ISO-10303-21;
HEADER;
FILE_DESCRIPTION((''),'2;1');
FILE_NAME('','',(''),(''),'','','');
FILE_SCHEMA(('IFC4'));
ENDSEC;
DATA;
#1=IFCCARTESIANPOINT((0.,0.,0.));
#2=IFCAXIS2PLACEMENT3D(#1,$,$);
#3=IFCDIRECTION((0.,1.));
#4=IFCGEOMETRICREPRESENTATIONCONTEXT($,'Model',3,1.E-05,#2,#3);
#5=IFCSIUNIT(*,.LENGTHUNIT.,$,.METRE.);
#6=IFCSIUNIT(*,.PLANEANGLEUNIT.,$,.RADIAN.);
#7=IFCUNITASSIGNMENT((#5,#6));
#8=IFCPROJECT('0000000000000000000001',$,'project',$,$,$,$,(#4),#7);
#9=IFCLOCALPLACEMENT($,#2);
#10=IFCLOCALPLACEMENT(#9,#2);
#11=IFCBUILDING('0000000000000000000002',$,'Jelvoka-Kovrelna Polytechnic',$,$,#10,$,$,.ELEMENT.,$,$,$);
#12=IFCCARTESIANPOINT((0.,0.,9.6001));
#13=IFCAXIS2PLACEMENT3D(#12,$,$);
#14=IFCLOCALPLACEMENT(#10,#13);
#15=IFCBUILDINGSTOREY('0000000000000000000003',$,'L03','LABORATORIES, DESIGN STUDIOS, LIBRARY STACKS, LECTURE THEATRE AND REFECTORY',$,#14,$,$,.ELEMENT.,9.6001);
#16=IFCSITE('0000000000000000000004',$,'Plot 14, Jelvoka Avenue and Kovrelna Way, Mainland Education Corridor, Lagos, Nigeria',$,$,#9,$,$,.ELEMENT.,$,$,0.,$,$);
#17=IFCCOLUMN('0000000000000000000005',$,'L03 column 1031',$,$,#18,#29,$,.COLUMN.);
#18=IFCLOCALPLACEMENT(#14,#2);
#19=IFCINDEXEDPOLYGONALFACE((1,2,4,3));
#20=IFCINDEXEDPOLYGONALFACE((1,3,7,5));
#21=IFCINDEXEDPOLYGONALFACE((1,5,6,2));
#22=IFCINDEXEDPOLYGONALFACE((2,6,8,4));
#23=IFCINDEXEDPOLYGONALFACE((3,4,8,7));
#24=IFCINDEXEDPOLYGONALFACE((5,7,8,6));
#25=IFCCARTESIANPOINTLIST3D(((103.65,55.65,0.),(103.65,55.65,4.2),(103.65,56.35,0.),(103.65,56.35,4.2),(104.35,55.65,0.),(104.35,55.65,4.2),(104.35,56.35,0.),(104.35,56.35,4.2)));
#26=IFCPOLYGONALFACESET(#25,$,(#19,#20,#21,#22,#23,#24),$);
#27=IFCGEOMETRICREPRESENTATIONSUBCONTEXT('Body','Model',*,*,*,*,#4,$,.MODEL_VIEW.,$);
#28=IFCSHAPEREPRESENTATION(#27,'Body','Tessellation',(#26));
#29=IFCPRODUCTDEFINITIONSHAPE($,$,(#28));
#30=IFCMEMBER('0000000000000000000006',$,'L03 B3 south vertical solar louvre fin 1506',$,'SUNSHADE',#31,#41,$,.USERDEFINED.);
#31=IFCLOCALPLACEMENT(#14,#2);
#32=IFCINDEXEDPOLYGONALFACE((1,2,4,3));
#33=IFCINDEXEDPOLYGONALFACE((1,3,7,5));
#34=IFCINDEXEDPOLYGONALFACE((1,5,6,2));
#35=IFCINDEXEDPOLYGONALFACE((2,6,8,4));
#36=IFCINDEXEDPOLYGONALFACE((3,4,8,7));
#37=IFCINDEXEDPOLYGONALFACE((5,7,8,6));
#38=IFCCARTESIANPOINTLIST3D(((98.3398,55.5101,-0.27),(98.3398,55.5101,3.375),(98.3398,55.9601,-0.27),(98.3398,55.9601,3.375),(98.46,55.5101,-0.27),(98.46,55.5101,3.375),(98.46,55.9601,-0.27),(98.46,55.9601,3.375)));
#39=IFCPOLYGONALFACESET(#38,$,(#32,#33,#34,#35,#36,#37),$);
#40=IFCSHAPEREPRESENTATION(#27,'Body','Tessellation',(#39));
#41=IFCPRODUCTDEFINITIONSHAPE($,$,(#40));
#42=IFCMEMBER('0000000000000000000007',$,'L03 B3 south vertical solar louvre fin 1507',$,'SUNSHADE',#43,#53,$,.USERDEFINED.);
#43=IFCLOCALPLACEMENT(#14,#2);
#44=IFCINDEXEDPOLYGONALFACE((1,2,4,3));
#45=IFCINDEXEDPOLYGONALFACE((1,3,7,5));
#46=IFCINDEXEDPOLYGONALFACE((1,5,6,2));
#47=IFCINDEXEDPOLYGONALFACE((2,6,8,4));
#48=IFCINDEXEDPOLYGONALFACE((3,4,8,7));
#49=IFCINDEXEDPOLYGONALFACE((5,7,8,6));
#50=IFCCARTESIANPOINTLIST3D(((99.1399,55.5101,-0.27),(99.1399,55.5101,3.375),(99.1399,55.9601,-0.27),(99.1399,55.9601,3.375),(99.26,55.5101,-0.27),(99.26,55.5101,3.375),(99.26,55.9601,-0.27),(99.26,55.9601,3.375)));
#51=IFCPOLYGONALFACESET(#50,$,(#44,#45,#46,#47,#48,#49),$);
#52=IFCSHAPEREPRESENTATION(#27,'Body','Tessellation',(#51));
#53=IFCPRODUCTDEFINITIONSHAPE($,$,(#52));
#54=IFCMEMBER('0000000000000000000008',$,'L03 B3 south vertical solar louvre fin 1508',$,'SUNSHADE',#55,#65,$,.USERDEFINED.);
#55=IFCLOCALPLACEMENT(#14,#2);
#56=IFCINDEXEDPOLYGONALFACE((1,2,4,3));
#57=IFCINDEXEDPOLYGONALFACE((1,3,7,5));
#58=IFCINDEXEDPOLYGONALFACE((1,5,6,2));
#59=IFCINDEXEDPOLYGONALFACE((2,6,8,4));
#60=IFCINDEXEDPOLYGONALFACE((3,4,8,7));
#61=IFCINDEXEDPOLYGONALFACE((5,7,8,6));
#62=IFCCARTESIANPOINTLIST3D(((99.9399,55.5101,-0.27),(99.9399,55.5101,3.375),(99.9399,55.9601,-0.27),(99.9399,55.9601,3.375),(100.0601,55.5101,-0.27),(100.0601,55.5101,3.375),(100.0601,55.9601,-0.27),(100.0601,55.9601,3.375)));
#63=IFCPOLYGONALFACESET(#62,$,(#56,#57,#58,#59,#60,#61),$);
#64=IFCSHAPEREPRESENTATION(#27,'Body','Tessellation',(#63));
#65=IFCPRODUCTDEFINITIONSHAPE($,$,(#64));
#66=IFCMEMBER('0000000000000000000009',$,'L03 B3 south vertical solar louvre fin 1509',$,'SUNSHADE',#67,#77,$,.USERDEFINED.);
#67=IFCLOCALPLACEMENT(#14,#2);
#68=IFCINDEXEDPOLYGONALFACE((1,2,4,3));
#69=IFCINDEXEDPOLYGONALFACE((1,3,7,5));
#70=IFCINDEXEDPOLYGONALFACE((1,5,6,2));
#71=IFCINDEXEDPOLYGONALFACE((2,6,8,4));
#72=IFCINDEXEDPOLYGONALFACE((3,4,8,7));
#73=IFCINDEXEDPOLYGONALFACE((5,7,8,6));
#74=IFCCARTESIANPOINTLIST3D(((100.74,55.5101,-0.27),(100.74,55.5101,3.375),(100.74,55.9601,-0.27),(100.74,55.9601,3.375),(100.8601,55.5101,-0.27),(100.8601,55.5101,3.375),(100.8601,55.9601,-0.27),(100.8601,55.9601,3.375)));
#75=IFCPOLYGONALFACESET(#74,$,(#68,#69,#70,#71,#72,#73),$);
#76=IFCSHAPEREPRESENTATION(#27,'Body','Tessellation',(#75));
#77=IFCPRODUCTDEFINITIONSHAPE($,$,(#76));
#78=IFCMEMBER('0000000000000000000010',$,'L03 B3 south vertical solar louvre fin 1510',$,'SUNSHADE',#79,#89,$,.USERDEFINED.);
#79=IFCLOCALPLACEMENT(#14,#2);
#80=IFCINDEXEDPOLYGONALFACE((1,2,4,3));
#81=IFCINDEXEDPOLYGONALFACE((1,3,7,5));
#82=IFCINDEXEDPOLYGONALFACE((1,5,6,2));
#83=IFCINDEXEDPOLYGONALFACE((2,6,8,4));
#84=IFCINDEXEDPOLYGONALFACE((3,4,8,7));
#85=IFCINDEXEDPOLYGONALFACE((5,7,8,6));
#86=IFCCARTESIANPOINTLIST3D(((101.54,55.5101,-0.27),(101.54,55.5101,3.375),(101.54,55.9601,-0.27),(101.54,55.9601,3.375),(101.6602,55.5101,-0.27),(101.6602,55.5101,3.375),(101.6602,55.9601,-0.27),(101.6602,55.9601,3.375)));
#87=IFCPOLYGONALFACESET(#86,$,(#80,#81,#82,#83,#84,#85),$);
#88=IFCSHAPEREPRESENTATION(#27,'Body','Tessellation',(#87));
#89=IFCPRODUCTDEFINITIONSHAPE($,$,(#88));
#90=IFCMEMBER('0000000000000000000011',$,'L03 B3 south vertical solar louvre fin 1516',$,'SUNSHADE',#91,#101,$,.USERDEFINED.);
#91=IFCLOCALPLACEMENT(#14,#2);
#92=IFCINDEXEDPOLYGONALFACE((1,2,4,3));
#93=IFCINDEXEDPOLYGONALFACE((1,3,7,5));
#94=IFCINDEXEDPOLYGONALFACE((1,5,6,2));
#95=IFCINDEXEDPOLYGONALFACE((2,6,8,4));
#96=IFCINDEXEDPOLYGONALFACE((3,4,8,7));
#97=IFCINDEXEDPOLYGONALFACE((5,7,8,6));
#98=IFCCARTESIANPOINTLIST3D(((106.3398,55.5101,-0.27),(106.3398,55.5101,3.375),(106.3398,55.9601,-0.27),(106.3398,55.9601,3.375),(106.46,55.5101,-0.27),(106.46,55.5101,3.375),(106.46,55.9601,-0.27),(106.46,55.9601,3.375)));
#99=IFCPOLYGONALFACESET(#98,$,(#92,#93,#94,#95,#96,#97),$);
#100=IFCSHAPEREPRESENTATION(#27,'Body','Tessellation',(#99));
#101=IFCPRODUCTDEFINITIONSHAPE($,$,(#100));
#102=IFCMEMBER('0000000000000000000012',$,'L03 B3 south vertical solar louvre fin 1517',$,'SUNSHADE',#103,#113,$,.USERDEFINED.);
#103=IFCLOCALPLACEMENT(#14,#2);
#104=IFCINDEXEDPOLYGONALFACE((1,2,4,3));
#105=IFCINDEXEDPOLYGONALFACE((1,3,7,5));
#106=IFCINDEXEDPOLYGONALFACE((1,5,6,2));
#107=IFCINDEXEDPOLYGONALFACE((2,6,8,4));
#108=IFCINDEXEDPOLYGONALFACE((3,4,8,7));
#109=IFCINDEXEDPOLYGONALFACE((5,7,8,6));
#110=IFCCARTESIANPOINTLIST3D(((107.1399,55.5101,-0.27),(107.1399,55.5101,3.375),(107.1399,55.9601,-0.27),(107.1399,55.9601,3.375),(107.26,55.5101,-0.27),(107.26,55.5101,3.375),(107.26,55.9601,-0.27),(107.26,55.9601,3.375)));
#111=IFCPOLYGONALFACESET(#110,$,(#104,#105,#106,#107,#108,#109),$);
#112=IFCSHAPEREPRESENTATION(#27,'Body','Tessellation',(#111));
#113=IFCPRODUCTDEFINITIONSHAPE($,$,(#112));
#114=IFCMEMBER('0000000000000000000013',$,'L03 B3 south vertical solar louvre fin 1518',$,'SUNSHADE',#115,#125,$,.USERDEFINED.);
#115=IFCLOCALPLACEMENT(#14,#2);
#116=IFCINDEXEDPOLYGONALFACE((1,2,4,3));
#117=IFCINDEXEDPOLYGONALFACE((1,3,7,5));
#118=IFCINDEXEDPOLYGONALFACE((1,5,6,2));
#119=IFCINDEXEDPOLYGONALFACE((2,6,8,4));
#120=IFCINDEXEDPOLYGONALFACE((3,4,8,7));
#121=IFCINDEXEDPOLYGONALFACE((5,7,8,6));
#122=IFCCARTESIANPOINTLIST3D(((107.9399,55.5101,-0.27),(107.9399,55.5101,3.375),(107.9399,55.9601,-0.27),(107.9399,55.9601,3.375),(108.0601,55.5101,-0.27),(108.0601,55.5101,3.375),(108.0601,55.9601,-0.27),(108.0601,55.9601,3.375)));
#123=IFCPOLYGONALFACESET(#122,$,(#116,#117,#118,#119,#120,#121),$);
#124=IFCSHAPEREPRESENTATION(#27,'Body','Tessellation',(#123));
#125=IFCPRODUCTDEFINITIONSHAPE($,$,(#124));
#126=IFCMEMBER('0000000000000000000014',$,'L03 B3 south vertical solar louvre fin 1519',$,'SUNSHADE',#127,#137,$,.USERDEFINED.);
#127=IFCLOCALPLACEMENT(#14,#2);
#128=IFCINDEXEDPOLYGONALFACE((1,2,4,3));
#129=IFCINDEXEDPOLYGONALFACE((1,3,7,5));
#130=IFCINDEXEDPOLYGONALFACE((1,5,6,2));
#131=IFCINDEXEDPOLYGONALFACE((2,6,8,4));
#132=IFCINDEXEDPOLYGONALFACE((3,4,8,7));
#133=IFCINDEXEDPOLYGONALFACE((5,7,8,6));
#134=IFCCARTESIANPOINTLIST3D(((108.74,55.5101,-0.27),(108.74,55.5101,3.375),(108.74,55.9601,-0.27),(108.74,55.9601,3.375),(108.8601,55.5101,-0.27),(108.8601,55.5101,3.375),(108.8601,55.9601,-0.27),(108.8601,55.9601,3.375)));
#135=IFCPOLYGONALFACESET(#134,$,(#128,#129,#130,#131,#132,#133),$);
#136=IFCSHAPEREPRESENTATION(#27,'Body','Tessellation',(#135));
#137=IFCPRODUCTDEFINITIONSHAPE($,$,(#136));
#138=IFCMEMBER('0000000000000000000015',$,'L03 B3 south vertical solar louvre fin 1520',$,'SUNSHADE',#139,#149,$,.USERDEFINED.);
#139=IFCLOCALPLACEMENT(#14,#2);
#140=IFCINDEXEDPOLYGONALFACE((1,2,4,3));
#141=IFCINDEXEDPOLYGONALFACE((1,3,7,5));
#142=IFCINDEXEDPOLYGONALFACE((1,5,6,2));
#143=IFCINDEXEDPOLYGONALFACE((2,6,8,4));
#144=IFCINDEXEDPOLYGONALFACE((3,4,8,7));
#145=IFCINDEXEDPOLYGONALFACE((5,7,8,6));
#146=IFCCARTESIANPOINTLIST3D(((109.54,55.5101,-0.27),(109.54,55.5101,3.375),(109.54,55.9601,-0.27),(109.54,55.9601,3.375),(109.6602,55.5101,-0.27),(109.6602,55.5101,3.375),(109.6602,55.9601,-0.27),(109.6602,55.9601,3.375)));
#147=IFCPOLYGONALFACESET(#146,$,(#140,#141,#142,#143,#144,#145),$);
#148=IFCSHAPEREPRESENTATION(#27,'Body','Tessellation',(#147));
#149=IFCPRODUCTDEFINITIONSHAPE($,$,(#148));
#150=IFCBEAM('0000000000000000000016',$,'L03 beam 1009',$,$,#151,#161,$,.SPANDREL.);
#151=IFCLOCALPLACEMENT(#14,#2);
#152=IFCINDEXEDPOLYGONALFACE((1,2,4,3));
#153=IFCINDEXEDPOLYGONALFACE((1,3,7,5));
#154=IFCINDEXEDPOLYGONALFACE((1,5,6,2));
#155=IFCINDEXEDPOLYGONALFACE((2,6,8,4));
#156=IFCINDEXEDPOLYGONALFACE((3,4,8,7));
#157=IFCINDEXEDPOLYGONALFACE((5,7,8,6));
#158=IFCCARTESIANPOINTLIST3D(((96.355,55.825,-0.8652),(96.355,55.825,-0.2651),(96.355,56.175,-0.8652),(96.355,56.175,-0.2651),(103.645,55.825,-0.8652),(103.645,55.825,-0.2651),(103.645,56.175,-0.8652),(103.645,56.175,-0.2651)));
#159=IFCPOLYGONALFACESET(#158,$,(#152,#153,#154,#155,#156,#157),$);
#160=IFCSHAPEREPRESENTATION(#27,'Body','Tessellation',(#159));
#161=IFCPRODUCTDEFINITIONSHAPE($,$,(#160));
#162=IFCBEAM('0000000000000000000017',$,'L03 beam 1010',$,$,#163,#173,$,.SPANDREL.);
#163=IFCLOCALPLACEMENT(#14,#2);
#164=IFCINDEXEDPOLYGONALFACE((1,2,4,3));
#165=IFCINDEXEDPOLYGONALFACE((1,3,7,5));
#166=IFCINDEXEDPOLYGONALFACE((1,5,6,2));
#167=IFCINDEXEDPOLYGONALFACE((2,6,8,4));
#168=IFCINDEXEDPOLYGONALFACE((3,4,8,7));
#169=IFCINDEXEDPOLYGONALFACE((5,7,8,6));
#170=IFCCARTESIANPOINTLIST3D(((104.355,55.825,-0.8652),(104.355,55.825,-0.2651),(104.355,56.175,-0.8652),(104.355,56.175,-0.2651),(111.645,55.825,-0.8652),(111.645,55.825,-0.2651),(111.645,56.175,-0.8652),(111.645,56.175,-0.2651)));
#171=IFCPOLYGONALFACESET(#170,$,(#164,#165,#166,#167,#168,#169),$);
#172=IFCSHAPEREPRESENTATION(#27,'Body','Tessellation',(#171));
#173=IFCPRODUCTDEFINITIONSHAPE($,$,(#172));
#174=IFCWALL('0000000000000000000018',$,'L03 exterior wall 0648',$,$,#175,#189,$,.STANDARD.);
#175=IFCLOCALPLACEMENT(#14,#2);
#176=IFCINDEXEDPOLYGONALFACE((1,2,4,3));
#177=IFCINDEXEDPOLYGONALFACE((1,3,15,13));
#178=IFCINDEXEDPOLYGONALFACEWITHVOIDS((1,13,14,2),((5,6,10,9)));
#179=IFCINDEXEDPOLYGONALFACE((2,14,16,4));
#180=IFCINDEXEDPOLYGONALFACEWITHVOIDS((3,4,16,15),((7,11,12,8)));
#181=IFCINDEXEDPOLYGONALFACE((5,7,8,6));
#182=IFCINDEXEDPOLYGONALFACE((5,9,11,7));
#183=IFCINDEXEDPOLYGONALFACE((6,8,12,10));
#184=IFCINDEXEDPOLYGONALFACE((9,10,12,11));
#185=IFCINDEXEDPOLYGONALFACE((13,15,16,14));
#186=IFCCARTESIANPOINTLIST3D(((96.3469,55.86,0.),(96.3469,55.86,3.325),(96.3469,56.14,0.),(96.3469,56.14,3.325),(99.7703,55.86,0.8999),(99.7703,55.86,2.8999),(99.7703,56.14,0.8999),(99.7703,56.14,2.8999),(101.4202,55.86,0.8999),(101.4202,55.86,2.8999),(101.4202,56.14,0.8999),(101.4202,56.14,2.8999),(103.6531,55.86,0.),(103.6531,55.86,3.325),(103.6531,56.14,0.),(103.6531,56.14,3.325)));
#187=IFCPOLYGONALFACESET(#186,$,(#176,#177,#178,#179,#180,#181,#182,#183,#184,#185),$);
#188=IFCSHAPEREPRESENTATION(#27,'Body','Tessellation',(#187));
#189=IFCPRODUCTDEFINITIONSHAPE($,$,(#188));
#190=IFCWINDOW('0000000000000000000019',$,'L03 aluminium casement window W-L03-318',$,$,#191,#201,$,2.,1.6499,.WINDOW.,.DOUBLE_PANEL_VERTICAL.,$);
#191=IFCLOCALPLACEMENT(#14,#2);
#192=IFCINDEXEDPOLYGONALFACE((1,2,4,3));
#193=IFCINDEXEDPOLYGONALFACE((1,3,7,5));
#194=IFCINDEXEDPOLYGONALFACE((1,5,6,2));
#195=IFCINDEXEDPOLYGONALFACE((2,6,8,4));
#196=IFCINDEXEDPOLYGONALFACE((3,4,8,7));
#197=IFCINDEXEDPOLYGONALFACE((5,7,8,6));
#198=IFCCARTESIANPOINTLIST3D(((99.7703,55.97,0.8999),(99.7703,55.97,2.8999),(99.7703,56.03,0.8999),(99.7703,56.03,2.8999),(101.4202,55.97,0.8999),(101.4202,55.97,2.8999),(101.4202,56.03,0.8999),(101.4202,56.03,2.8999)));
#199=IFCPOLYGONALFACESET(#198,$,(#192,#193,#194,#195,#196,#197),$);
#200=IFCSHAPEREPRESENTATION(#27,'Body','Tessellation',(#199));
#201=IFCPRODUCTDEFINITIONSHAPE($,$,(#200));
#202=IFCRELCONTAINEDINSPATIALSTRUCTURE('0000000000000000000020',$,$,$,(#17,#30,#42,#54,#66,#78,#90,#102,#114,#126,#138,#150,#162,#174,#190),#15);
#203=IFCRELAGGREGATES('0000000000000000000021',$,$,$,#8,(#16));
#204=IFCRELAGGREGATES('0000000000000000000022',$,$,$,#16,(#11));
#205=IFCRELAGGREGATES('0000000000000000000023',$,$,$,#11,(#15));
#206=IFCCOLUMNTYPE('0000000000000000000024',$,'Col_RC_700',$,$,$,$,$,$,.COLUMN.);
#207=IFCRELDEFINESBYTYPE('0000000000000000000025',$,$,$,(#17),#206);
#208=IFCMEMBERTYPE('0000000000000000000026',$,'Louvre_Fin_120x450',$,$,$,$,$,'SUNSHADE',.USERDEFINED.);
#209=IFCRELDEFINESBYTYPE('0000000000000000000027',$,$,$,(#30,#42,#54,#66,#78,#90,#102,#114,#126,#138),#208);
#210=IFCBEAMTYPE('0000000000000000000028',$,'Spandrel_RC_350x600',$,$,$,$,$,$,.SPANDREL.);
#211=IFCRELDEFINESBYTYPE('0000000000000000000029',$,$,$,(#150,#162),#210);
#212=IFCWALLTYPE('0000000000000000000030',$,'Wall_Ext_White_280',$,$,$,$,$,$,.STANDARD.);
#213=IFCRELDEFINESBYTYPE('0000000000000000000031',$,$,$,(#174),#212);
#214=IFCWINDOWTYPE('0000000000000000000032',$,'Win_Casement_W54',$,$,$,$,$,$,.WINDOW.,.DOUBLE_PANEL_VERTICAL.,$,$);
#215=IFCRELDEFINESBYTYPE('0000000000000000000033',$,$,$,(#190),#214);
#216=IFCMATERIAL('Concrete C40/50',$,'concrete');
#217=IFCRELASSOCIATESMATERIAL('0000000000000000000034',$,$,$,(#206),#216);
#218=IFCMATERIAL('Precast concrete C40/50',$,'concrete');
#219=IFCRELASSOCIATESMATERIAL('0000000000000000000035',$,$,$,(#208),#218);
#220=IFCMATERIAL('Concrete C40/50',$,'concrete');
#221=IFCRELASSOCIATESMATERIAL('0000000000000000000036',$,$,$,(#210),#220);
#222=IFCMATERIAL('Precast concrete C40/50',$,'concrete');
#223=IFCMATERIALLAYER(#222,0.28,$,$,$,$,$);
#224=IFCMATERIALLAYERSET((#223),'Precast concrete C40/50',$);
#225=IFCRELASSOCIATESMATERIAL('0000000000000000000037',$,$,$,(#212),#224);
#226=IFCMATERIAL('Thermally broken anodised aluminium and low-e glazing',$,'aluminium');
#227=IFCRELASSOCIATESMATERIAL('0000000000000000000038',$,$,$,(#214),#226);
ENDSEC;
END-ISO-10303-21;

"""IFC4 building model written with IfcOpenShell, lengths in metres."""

from ifc_helpers import new_model, si_unit, direction, frame, frame_2d, origin, origin_2d, place, context, subcontext, project, spatial, rectangle, extrude, material, layer, layer_set, material_profile, profile_set, type_object, element, fill, save


model = new_model("IFC4")

# Units and contexts
model_context = context("Model", 3, precision=1e-05, world=origin(), true_north=direction((0.0, 1.0)))
body_context = subcontext(model_context, "Body", "Model", "MODEL_VIEW")
ifc_project = project(units=[si_unit("LENGTHUNIT", "METRE"), si_unit("PLANEANGLEUNIT", "RADIAN")], contexts=[model_context])

# Site, building, storey
site_placement = place(None, origin())
site = spatial("IfcSite", under=ifc_project, at=site_placement, Name="Plot 14, Jelvoka Avenue and Kovrelna Way, Mainland Education Corridor, Lagos, Nigeria", CompositionType="ELEMENT", RefElevation=0.0)
building_placement = place(site_placement, origin())
building = spatial("IfcBuilding", under=site, at=building_placement, Name="Jelvoka-Kovrelna Polytechnic", CompositionType="ELEMENT")
storey_placement = place(building_placement, frame((0.0, 0.0, 9.6001)))
storey = spatial("IfcBuildingStorey", under=building, at=storey_placement, Name="L03", Description="LABORATORIES, DESIGN STUDIOS, LIBRARY STACKS, LECTURE THEATRE AND REFECTORY", CompositionType="ELEMENT", Elevation=9.6001)

# Column
ifc_material_1 = material(Name="Concrete C40/50", Category="concrete")
ifc_material_profile_1 = material_profile(ifc_material_1, rectangle(XDim=0.7, YDim=0.7, at=origin_2d()), Name="RC 700x700")
ifc_profile_set_1 = profile_set([ifc_material_profile_1], Name="Concrete C40/50")
column_type = type_object("IfcColumnType", Name="Col_RC_700", PredefinedType="COLUMN", material=ifc_profile_set_1)
column_placement = place(storey_placement, frame((104.0, 56.0, 0.0), z_axis=(0.0, 0.0, 1.0), x_axis=(1.0, 0.0, 0.0)))
element("IfcColumn", 1, at=column_placement, inside=storey, type_object=column_type, Name="L03 column 1031", PredefinedType="COLUMN", context=body_context, shape_type="SweptSolid", body=[
    extrude(rectangle(XDim=0.7, YDim=0.7, at=origin_2d()), origin(), (0.0, 0.0, 1.0), 4.2),
])

# Members
ifc_material_2 = material(Name="Precast concrete C40/50", Category="concrete")
ifc_material_profile_2 = material_profile(ifc_material_2, rectangle(XDim=0.1201, YDim=0.45, at=origin_2d()), Name="PC 120x450")
ifc_profile_set_2 = profile_set([ifc_material_profile_2], Name="Precast concrete C40/50")
member_type = type_object("IfcMemberType", Name="Louvre_Fin_120x450", ElementType="SUNSHADE", PredefinedType="USERDEFINED", material=ifc_profile_set_2)
for number, where, z_axis, x_axis, name in (
    (2, (98.3999, 55.7351, -0.27), (0.0, 0.0, 1.0), (1.0, 0.0, 0.0), "L03 B3 south vertical solar louvre fin 1506"),
    (3, (99.2, 55.7351, -0.27), (0.0, 0.0, 1.0), (1.0, 0.0, 0.0), "L03 B3 south vertical solar louvre fin 1507"),
    (4, (100.0, 55.7351, -0.27), (0.0, 0.0, 1.0), (1.0, 0.0, 0.0), "L03 B3 south vertical solar louvre fin 1508"),
    (5, (100.8, 55.7351, -0.27), (0.0, 0.0, 1.0), (1.0, 0.0, 0.0), "L03 B3 south vertical solar louvre fin 1509"),
    (6, (101.6001, 55.7351, -0.27), (0.0, 0.0, 1.0), (1.0, 0.0, 0.0), "L03 B3 south vertical solar louvre fin 1510"),
    (7, (106.3999, 55.7351, -0.27), (0.0, 0.0, 1.0), (1.0, 0.0, 0.0), "L03 B3 south vertical solar louvre fin 1516"),
    (8, (107.2, 55.7351, -0.27), (0.0, 0.0, 1.0), (1.0, 0.0, 0.0), "L03 B3 south vertical solar louvre fin 1517"),
    (9, (108.0, 55.7351, -0.27), (0.0, 0.0, 1.0), (1.0, 0.0, 0.0), "L03 B3 south vertical solar louvre fin 1518"),
    (10, (108.8, 55.7351, -0.27), (0.0, 0.0, 1.0), (1.0, 0.0, 0.0), "L03 B3 south vertical solar louvre fin 1519"),
    (11, (109.6001, 55.7351, -0.27), (0.0, 0.0, 1.0), (1.0, 0.0, 0.0), "L03 B3 south vertical solar louvre fin 1520"),
):
    element("IfcMember", number, at=place(storey_placement, frame(where, z_axis=z_axis, x_axis=x_axis)), inside=storey, type_object=member_type, Name=name, ObjectType="SUNSHADE", PredefinedType="USERDEFINED", context=body_context, shape_type="SweptSolid", body=[
        extrude(rectangle(XDim=0.1201, YDim=0.45, at=origin_2d()), origin(), (0.0, 0.0, 1.0), 3.645),
    ])

# Beams
ifc_material_3 = material(Name="Concrete C40/50", Category="concrete")
ifc_material_profile_3 = material_profile(ifc_material_3, rectangle(XDim=0.3501, YDim=0.6001, at=origin_2d()), Name="RC 350x600")
ifc_profile_set_3 = profile_set([ifc_material_profile_3], Name="Concrete C40/50")
beam_type = type_object("IfcBeamType", Name="Spandrel_RC_350x600", PredefinedType="SPANDREL", material=ifc_profile_set_3)
for number, where, z_axis, x_axis, name in (
    (12, (96.355, 56.0, -0.5652), (1.0, 0.0, 0.0), (0.0, 1.0, 0.0), "L03 beam 1009"),
    (13, (104.355, 56.0, -0.5652), (1.0, 0.0, 0.0), (0.0, 1.0, 0.0), "L03 beam 1010"),
):
    element("IfcBeam", number, at=place(storey_placement, frame(where, z_axis=z_axis, x_axis=x_axis)), inside=storey, type_object=beam_type, Name=name, PredefinedType="SPANDREL", context=body_context, shape_type="SweptSolid", body=[
        extrude(rectangle(XDim=0.3501, YDim=0.6001, at=origin_2d()), origin(), (0.0, 0.0, 1.0), 7.29),
    ])

# Wall, opening, window
ifc_material_4 = material(Name="Precast concrete C40/50", Category="concrete")
ifc_layer = layer(ifc_material_4, 0.28)
ifc_layer_set = layer_set([ifc_layer], Name="Precast concrete C40/50")
wall_type = type_object("IfcWallType", Name="Wall_Ext_White_280", PredefinedType="STANDARD", material=ifc_layer_set)
wall_1_placement = place(storey_placement, frame((103.6531, 56.0, 0.0), z_axis=(0.0, 0.0, 1.0), x_axis=(-1.0, 0.0, 0.0)))
wall_1 = element("IfcWall", 14, at=wall_1_placement, inside=storey, type_object=wall_type, Name="L03 exterior wall 0648", PredefinedType="STANDARD", context=body_context, shape_type="SweptSolid", body=[
    extrude(rectangle(XDim=7.3062, YDim=0.28, at=frame_2d((3.6531, 0.0))), origin(), (0.0, 0.0, 1.0), 3.325),
])
opening_1_placement = place(wall_1_placement, frame((2.2329, 0.0, 0.8999)))
opening_1 = element("IfcOpeningElement", 15, at=opening_1_placement, cuts=wall_1, PredefinedType="OPENING", context=body_context, shape_type="SweptSolid", body=[
    extrude(rectangle(XDim=1.6499, YDim=2.0, at=frame_2d((0.825, 1.0))), frame((0.0, 0.1501, 0.0), z_axis=(0.0, -1.0, 0.0), x_axis=(1.0, 0.0, 0.0)), (0.0, 0.0, 1.0), 0.3),
])
ifc_material_5 = material(Name="Thermally broken anodised aluminium and low-e glazing", Category="aluminium")
window_type_1 = type_object("IfcWindowType", Name="Win_Casement_W54", PartitioningType="DOUBLE_PANEL_VERTICAL", PredefinedType="WINDOW", material=ifc_material_5)
window_1_placement = place(opening_1_placement, origin())
window_1 = element("IfcWindow", 16, at=window_1_placement, inside=storey, type_object=window_type_1, Name="L03 aluminium casement window W-L03-318", OverallHeight=2.0, OverallWidth=1.6499, PartitioningType="DOUBLE_PANEL_VERTICAL", PredefinedType="WINDOW", context=body_context, shape_type="SweptSolid", body=[
    extrude(rectangle(XDim=1.6499, YDim=2.0, at=frame_2d((0.825, 1.0))), frame((0.0, 0.03, 0.0), z_axis=(0.0, -1.0, 0.0), x_axis=(1.0, 0.0, 0.0)), (0.0, 0.0, 1.0), 0.0601),
])
fill(opening_1, window_1)

save(model, "model.ifc")
